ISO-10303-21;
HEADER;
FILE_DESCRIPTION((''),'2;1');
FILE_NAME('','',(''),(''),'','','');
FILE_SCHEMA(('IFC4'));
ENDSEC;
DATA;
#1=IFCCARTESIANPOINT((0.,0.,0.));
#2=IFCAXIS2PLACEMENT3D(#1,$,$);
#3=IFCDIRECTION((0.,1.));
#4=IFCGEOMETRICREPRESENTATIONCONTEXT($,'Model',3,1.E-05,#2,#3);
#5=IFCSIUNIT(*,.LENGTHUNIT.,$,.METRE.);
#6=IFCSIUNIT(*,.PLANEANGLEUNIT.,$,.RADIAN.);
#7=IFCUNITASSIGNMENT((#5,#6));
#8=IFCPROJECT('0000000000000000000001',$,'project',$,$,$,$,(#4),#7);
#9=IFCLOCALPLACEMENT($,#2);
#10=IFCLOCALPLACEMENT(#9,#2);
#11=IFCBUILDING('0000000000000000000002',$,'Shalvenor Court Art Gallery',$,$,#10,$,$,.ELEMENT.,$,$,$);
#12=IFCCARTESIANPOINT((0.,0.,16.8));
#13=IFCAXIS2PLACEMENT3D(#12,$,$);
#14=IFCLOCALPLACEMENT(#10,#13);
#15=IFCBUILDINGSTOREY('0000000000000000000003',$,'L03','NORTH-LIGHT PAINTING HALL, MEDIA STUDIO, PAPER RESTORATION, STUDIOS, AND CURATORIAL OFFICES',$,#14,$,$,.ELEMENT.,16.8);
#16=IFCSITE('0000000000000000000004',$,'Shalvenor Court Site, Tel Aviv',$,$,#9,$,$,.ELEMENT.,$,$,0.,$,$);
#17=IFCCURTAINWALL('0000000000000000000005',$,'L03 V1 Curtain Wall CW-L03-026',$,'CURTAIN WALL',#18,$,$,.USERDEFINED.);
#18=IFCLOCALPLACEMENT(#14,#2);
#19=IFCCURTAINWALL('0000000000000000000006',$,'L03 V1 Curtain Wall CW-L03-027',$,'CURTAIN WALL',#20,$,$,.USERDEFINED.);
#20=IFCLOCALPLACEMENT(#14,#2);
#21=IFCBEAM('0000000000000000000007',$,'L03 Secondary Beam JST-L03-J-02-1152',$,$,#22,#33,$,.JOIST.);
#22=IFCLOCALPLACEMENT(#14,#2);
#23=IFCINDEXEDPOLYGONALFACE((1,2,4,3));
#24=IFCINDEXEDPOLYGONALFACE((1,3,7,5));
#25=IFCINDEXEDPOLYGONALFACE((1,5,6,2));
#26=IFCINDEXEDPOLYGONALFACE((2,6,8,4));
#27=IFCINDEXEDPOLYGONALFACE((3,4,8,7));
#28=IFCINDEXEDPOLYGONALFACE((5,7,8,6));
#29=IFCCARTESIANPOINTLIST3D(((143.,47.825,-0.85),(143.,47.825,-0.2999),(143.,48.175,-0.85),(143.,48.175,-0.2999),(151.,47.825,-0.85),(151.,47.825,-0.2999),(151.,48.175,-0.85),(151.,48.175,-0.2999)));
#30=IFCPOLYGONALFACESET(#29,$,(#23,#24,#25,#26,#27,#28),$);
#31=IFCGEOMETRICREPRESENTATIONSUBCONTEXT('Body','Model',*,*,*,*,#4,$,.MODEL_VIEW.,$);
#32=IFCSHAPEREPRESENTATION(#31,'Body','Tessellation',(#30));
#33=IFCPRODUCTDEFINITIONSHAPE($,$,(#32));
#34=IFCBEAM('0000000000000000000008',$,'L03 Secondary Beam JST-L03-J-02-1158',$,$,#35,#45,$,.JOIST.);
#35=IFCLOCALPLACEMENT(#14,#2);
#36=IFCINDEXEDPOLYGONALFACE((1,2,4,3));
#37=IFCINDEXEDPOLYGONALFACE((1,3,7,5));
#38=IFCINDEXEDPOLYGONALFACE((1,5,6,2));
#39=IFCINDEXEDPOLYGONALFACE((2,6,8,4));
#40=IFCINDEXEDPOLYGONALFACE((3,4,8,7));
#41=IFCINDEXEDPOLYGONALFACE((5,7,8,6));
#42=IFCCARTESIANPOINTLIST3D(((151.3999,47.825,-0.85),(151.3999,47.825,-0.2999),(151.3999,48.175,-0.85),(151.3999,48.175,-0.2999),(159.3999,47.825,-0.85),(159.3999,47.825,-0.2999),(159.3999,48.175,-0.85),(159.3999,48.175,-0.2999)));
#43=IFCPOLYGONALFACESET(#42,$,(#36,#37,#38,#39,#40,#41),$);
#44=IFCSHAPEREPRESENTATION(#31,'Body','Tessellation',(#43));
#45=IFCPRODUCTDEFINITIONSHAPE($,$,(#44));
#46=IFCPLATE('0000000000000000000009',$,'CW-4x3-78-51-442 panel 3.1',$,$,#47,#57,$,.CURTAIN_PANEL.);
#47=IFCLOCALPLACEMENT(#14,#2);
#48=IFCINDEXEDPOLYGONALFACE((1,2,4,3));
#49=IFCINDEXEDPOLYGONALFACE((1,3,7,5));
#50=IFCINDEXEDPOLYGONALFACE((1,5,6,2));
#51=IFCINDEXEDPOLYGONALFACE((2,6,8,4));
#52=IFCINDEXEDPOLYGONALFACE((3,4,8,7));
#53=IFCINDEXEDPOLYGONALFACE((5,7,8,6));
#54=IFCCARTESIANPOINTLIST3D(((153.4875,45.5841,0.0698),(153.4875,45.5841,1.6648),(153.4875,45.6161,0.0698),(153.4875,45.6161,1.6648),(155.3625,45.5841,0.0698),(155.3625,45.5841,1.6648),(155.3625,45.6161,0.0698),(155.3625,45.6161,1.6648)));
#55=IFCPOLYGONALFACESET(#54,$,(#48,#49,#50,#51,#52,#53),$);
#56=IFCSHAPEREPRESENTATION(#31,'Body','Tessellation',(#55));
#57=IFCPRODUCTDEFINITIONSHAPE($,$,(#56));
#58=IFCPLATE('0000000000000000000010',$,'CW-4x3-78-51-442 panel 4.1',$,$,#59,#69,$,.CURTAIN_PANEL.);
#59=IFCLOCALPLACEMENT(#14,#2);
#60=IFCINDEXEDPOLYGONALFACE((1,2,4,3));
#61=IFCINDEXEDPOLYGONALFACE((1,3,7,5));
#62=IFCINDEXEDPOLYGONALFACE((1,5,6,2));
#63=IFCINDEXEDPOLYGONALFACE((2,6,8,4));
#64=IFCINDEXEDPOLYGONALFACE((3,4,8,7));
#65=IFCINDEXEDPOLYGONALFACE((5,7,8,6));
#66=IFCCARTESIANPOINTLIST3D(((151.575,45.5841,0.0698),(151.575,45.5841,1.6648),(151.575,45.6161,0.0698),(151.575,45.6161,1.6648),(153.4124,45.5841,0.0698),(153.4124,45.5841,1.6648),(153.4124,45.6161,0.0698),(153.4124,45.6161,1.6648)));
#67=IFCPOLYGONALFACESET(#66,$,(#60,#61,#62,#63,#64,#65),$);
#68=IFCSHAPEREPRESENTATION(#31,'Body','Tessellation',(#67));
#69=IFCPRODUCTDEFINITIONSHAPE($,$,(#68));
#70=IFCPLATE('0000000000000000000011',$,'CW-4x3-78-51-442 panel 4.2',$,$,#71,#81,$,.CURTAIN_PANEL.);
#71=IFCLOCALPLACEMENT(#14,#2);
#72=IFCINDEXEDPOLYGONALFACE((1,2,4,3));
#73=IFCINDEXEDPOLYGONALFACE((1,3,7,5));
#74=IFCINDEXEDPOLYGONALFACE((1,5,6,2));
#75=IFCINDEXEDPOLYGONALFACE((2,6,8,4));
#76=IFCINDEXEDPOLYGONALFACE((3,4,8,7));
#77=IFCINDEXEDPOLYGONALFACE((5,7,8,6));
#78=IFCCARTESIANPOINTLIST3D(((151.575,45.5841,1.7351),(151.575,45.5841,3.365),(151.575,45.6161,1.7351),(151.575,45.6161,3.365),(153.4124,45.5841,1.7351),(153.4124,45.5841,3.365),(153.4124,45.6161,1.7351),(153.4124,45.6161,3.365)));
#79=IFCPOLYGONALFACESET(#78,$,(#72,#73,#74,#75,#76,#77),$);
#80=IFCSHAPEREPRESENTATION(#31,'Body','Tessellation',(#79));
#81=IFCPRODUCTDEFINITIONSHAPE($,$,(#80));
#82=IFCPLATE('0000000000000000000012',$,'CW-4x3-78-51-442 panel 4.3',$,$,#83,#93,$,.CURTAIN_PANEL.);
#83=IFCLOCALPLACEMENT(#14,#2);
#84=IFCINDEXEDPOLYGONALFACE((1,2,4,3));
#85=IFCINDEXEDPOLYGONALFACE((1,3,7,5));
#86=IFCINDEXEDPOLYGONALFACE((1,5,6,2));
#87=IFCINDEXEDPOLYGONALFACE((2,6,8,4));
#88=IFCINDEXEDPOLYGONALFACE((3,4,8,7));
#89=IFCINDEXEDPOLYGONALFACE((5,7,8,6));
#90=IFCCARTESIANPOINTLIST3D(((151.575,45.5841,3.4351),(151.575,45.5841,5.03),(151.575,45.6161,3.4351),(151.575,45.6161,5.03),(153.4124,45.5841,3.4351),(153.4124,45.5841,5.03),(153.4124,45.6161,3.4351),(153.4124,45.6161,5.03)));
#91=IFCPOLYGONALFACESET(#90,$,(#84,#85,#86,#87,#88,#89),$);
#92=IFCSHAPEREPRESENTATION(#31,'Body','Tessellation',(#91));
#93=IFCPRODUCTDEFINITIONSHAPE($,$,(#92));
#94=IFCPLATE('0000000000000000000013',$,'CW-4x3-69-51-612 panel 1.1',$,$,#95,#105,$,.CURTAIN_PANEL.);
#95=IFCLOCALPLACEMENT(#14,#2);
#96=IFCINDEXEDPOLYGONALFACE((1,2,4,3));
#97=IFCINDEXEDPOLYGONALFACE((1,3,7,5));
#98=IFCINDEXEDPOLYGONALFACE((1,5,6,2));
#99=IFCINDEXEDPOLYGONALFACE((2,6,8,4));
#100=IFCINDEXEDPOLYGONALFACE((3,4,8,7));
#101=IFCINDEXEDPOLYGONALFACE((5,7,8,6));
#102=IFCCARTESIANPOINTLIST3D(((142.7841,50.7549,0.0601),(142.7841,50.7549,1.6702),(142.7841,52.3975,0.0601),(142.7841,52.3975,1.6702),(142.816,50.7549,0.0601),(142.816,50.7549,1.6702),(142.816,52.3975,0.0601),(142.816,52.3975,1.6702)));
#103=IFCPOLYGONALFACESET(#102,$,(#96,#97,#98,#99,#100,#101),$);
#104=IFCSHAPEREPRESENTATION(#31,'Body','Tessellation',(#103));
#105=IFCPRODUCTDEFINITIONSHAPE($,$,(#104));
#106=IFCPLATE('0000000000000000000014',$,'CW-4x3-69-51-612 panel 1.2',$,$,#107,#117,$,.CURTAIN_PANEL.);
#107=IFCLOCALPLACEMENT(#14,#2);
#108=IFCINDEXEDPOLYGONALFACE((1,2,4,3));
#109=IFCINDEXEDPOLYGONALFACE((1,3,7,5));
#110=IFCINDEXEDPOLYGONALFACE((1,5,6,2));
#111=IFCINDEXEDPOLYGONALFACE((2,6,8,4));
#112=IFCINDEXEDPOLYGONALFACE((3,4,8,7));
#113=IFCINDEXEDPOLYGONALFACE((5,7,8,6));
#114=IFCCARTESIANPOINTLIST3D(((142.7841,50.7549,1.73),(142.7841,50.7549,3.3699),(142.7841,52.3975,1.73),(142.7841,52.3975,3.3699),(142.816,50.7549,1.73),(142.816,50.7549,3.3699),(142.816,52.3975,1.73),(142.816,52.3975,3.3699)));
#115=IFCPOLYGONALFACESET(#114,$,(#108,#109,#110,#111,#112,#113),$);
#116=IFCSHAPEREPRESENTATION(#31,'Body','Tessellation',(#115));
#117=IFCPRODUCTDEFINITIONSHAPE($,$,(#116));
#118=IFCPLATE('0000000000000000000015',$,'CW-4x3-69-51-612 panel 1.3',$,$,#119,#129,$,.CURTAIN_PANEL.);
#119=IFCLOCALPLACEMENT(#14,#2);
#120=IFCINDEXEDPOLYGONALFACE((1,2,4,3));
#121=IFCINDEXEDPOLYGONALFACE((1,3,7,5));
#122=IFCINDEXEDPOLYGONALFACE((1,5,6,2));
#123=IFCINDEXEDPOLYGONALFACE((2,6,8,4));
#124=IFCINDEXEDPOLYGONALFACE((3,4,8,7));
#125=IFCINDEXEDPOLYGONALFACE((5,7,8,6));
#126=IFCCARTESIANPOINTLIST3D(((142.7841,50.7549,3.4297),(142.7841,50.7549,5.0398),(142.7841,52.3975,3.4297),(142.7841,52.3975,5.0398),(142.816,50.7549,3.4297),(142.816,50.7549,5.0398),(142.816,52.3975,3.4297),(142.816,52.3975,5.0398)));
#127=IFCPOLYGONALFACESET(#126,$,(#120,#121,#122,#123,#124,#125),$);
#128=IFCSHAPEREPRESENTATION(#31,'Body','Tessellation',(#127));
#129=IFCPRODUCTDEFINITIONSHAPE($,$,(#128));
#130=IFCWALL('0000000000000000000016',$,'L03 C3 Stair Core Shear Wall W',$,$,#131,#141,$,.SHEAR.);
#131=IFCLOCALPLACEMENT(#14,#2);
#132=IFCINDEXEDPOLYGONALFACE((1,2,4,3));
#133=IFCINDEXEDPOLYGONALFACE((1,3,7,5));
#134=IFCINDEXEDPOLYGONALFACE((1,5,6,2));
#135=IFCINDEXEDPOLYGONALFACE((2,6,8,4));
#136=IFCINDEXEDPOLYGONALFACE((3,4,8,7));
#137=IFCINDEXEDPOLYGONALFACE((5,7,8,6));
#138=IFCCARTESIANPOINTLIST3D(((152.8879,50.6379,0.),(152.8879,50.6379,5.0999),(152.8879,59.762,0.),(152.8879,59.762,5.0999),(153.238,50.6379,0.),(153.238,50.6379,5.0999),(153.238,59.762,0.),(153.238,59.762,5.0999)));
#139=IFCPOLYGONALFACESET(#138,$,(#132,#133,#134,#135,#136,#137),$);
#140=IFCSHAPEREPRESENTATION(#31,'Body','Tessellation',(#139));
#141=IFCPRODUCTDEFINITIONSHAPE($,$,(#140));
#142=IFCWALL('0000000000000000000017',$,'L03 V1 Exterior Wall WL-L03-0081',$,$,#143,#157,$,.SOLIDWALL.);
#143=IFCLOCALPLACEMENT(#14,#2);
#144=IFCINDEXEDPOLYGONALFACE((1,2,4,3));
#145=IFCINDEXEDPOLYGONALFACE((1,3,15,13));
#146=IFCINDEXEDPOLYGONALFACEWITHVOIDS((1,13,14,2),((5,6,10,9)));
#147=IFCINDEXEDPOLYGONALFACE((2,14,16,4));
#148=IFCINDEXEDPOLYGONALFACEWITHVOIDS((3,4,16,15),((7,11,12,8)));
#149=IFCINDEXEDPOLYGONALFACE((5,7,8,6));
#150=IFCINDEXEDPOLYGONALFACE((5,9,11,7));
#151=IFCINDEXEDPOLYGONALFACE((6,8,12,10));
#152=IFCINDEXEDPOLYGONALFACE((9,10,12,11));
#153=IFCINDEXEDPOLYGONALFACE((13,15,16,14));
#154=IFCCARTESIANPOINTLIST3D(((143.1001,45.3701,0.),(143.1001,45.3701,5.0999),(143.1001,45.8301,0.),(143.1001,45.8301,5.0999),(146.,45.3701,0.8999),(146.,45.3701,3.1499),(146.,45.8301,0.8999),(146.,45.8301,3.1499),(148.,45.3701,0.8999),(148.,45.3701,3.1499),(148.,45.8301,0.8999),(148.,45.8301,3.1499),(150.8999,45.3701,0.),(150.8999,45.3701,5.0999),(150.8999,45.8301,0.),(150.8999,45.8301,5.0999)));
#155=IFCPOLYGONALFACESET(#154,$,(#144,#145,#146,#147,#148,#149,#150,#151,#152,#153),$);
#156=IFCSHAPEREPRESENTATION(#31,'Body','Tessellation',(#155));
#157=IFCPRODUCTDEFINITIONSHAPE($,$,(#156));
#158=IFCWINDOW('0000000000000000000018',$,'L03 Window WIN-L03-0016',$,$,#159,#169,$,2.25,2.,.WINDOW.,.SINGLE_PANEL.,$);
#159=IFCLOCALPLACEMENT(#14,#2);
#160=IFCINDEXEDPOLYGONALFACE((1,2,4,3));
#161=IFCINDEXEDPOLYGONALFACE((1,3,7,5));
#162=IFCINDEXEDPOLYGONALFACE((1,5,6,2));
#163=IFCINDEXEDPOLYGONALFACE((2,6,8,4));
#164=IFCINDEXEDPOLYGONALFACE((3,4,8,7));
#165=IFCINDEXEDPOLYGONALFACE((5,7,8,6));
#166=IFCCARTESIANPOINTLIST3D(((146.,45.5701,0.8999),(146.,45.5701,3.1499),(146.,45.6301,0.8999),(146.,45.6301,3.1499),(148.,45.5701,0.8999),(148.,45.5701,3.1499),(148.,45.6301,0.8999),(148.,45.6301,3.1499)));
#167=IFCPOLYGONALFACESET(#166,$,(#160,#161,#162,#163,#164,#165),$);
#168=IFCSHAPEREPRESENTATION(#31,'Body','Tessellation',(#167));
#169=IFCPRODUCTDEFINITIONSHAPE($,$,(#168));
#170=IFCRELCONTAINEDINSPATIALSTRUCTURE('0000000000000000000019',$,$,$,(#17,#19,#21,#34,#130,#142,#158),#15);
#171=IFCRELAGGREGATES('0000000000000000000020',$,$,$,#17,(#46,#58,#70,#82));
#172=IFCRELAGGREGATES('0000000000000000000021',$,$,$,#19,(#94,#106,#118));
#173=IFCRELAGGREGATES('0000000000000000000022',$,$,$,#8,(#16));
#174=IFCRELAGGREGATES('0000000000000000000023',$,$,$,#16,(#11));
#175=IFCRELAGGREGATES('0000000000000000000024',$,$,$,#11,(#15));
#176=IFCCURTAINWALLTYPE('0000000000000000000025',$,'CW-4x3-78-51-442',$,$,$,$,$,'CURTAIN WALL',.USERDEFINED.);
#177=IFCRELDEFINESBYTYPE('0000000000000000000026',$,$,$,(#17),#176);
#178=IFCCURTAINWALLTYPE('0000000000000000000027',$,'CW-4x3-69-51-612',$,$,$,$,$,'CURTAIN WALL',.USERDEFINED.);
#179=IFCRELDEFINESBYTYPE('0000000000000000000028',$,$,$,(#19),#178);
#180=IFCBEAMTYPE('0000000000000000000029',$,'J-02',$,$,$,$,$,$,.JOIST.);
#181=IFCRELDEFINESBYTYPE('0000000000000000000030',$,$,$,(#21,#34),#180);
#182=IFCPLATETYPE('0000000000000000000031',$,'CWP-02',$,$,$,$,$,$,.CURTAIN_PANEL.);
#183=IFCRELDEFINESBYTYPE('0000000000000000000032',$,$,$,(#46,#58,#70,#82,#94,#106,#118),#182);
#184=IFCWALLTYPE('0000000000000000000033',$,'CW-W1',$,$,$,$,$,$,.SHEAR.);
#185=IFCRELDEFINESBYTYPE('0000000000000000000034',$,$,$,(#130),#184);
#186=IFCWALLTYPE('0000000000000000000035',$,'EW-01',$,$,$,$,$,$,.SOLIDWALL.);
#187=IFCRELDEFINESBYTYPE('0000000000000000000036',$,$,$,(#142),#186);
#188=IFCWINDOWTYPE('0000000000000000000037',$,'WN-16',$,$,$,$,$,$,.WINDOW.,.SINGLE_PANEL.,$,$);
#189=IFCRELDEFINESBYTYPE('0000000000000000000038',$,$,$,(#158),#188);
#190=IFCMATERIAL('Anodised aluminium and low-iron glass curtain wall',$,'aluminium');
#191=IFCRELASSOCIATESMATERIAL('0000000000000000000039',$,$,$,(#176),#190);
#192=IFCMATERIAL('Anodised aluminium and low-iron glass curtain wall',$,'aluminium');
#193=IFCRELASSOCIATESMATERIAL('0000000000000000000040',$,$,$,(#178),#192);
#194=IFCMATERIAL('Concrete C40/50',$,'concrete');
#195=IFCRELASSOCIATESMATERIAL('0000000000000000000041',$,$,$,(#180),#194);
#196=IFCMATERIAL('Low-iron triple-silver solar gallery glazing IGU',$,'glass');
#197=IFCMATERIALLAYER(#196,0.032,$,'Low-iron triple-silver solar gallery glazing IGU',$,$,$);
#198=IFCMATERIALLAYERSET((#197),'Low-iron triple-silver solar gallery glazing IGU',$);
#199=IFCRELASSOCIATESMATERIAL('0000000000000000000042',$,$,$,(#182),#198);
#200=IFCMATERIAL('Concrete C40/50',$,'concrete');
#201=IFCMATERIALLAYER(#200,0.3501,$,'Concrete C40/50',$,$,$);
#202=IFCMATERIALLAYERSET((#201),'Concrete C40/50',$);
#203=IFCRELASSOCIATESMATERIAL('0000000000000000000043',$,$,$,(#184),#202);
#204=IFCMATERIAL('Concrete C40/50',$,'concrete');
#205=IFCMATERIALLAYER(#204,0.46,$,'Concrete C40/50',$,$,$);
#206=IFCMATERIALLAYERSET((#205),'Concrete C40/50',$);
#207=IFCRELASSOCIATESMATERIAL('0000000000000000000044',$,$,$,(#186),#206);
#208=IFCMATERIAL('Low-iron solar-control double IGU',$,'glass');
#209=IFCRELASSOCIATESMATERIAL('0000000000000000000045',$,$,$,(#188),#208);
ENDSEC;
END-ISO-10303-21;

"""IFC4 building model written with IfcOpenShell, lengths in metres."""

from ifc_helpers import new_model, si_unit, direction, frame, frame_2d, origin, origin_2d, place, context, subcontext, project, spatial, rectangle, extrude, material, layer, layer_set, material_profile, profile_set, type_object, element, fill, aggregate, save


model = new_model("IFC4")

# Units and contexts
model_context = context("Model", 3, precision=1e-05, world=origin(), true_north=direction((0.0, 1.0)))
body_context = subcontext(model_context, "Body", "Model", "MODEL_VIEW")
ifc_project = project(units=[si_unit("LENGTHUNIT", "METRE"), si_unit("PLANEANGLEUNIT", "RADIAN")], contexts=[model_context])

# Site, building, storey
site_placement = place(None, origin())
site = spatial("IfcSite", under=ifc_project, at=site_placement, Name="Shalvenor Court Site, Tel Aviv", CompositionType="ELEMENT", RefElevation=0.0)
building_placement = place(site_placement, origin())
building = spatial("IfcBuilding", under=site, at=building_placement, Name="Shalvenor Court Art Gallery", CompositionType="ELEMENT")
storey_placement = place(building_placement, frame((0.0, 0.0, 16.8)))
storey = spatial("IfcBuildingStorey", under=building, at=storey_placement, Name="L03", Description="NORTH-LIGHT PAINTING HALL, MEDIA STUDIO, PAPER RESTORATION, STUDIOS, AND CURATORIAL OFFICES", CompositionType="ELEMENT", Elevation=16.8)

# Curtain walls
ifc_material_1 = material(Name="Anodised aluminium and low-iron glass curtain wall", Category="aluminium")
curtain_wall_type_1 = type_object("IfcCurtainWallType", Name="CW-4x3-78-51-442", ElementType="CURTAIN WALL", PredefinedType="USERDEFINED", material=ifc_material_1)
curtain_wall_1_placement = place(storey_placement, origin())
curtain_wall_1 = element("IfcCurtainWall", 1, at=curtain_wall_1_placement, inside=storey, type_object=curtain_wall_type_1, Name="L03 V1 Curtain Wall CW-L03-026", ObjectType="CURTAIN WALL", PredefinedType="USERDEFINED")
ifc_material_2 = material(Name="Anodised aluminium and low-iron glass curtain wall", Category="aluminium")
curtain_wall_type_2 = type_object("IfcCurtainWallType", Name="CW-4x3-69-51-612", ElementType="CURTAIN WALL", PredefinedType="USERDEFINED", material=ifc_material_2)
curtain_wall_2_placement = place(storey_placement, origin())
curtain_wall_2 = element("IfcCurtainWall", 2, at=curtain_wall_2_placement, inside=storey, type_object=curtain_wall_type_2, Name="L03 V1 Curtain Wall CW-L03-027", ObjectType="CURTAIN WALL", PredefinedType="USERDEFINED")

# Beams
ifc_material_3 = material(Name="Concrete C40/50", Category="concrete")
ifc_material_profile_1 = material_profile(ifc_material_3, rectangle(XDim=0.3501, YDim=0.55, at=origin_2d()), Name="RC 350x550")
ifc_profile_set_1 = profile_set([ifc_material_profile_1], Name="Concrete C40/50")
beam_type_1 = type_object("IfcBeamType", Name="J-02", PredefinedType="JOIST", material=ifc_profile_set_1)
for number, where, z_axis, x_axis, name in (
    (3, (143.0, 48.0, -0.575), (1.0, 0.0, 0.0), (0.0, 1.0, 0.0), "L03 Secondary Beam JST-L03-J-02-1152"),
    (4, (151.3999, 48.0, -0.575), (1.0, 0.0, 0.0), (0.0, 1.0, 0.0), "L03 Secondary Beam JST-L03-J-02-1158"),
):
    element("IfcBeam", number, at=place(storey_placement, frame(where, z_axis=z_axis, x_axis=x_axis)), inside=storey, type_object=beam_type_1, Name=name, PredefinedType="JOIST", context=body_context, shape_type="SweptSolid", body=[
        extrude(rectangle(XDim=0.3501, YDim=0.55, at=origin_2d()), origin(), (0.0, 0.0, 1.0), 8.0),
    ])

# Plates
ifc_material_4 = material(Name="Low-iron triple-silver solar gallery glazing IGU", Category="glass")
ifc_layer_1 = layer(ifc_material_4, 0.032, Name="Low-iron triple-silver solar gallery glazing IGU")
ifc_layer_set_1 = layer_set([ifc_layer_1], Name="Low-iron triple-silver solar gallery glazing IGU")
plate_type = type_object("IfcPlateType", Name="CWP-02", PredefinedType="CURTAIN_PANEL", material=ifc_layer_set_1)
plate_1_placement = place(storey_placement, frame((154.425, 45.6001, 0.0698), z_axis=(0.0, 0.0, 1.0), x_axis=(-1.0, 0.0, 0.0)))
plate_1 = element("IfcPlate", 5, at=plate_1_placement, type_object=plate_type, Name="CW-4x3-78-51-442 panel 3.1", PredefinedType="CURTAIN_PANEL", context=body_context, shape_type="SweptSolid", body=[
    extrude(rectangle(XDim=1.875, YDim=0.032, at=origin_2d()), origin(), (0.0, 0.0, 1.0), 1.595),
])
plate_2_placement = place(storey_placement, frame((152.4937, 45.6001, 0.0698), z_axis=(0.0, 0.0, 1.0), x_axis=(-1.0, 0.0, 0.0)))
plate_2 = element("IfcPlate", 6, at=plate_2_placement, type_object=plate_type, Name="CW-4x3-78-51-442 panel 4.1", PredefinedType="CURTAIN_PANEL", context=body_context, shape_type="SweptSolid", body=[
    extrude(rectangle(XDim=1.8374, YDim=0.032, at=origin_2d()), origin(), (0.0, 0.0, 1.0), 1.595),
])
plate_3_placement = place(storey_placement, frame((152.4937, 45.6001, 1.7351), z_axis=(0.0, 0.0, 1.0), x_axis=(-1.0, 0.0, 0.0)))
plate_3 = element("IfcPlate", 7, at=plate_3_placement, type_object=plate_type, Name="CW-4x3-78-51-442 panel 4.2", PredefinedType="CURTAIN_PANEL", context=body_context, shape_type="SweptSolid", body=[
    extrude(rectangle(XDim=1.8374, YDim=0.032, at=origin_2d()), origin(), (0.0, 0.0, 1.0), 1.6299),
])
plate_4_placement = place(storey_placement, frame((152.4937, 45.6001, 3.4351), z_axis=(0.0, 0.0, 1.0), x_axis=(-1.0, 0.0, 0.0)))
plate_4 = element("IfcPlate", 8, at=plate_4_placement, type_object=plate_type, Name="CW-4x3-78-51-442 panel 4.3", PredefinedType="CURTAIN_PANEL", context=body_context, shape_type="SweptSolid", body=[
    extrude(rectangle(XDim=1.8374, YDim=0.032, at=origin_2d()), origin(), (0.0, 0.0, 1.0), 1.595),
])
aggregate(curtain_wall_1, [plate_1, plate_2, plate_3, plate_4])
plate_5_placement = place(storey_placement, frame((142.8, 51.5762, 0.0601), z_axis=(0.0, 0.0, 1.0), x_axis=(0.0, 1.0, 0.0)))
plate_5 = element("IfcPlate", 9, at=plate_5_placement, type_object=plate_type, Name="CW-4x3-69-51-612 panel 1.1", PredefinedType="CURTAIN_PANEL", context=body_context, shape_type="SweptSolid", body=[
    extrude(rectangle(XDim=1.6426, YDim=0.032, at=origin_2d()), origin(), (0.0, 0.0, 1.0), 1.6101),
])
plate_6_placement = place(storey_placement, frame((142.8, 51.5762, 1.73), z_axis=(0.0, 0.0, 1.0), x_axis=(0.0, 1.0, 0.0)))
plate_6 = element("IfcPlate", 10, at=plate_6_placement, type_object=plate_type, Name="CW-4x3-69-51-612 panel 1.2", PredefinedType="CURTAIN_PANEL", context=body_context, shape_type="SweptSolid", body=[
    extrude(rectangle(XDim=1.6426, YDim=0.032, at=origin_2d()), origin(), (0.0, 0.0, 1.0), 1.6399),
])
plate_7_placement = place(storey_placement, frame((142.8, 51.5762, 3.4297), z_axis=(0.0, 0.0, 1.0), x_axis=(0.0, 1.0, 0.0)))
plate_7 = element("IfcPlate", 11, at=plate_7_placement, type_object=plate_type, Name="CW-4x3-69-51-612 panel 1.3", PredefinedType="CURTAIN_PANEL", context=body_context, shape_type="SweptSolid", body=[
    extrude(rectangle(XDim=1.6426, YDim=0.032, at=origin_2d()), origin(), (0.0, 0.0, 1.0), 1.6101),
])
aggregate(curtain_wall_2, [plate_5, plate_6, plate_7])

# Wall
ifc_material_5 = material(Name="Concrete C40/50", Category="concrete")
ifc_layer_2 = layer(ifc_material_5, 0.3501, Name="Concrete C40/50")
ifc_layer_set_2 = layer_set([ifc_layer_2], Name="Concrete C40/50")
wall_type_1 = type_object("IfcWallType", Name="CW-W1", PredefinedType="SHEAR", material=ifc_layer_set_2)
wall_1_placement = place(storey_placement, frame((153.063, 50.6379, 0.0), z_axis=(0.0, 0.0, 1.0), x_axis=(0.0, 1.0, 0.0)))
element("IfcWall", 12, at=wall_1_placement, inside=storey, type_object=wall_type_1, Name="L03 C3 Stair Core Shear Wall W", PredefinedType="SHEAR", context=body_context, shape_type="SweptSolid", body=[
    extrude(rectangle(XDim=9.124, YDim=0.3501, at=frame_2d((4.562, 0.0))), origin(), (0.0, 0.0, 1.0), 5.0999),
])

# Wall, opening, window
ifc_material_6 = material(Name="Concrete C40/50", Category="concrete")
ifc_layer_3 = layer(ifc_material_6, 0.46, Name="Concrete C40/50")
ifc_layer_set_3 = layer_set([ifc_layer_3], Name="Concrete C40/50")
wall_type_2 = type_object("IfcWallType", Name="EW-01", PredefinedType="SOLIDWALL", material=ifc_layer_set_3)
wall_2_placement = place(storey_placement, frame((150.8999, 45.6001, 0.0), z_axis=(0.0, 0.0, 1.0), x_axis=(-1.0, 0.0, 0.0)))
wall_2 = element("IfcWall", 13, at=wall_2_placement, inside=storey, type_object=wall_type_2, Name="L03 V1 Exterior Wall WL-L03-0081", PredefinedType="SOLIDWALL", context=body_context, shape_type="SweptSolid", body=[
    extrude(rectangle(XDim=7.7998, YDim=0.46, at=frame_2d((3.8999, 0.0))), origin(), (0.0, 0.0, 1.0), 5.0999),
])
opening_1_placement = place(wall_2_placement, frame((2.8999, 0.0, 0.8999)))
opening_1 = element("IfcOpeningElement", 14, at=opening_1_placement, cuts=wall_2, PredefinedType="OPENING", context=body_context, shape_type="SweptSolid", body=[
    extrude(rectangle(XDim=2.0, YDim=2.25, at=frame_2d((1.0, 1.125))), frame((0.0, 0.24, 0.0), z_axis=(0.0, -1.0, 0.0), x_axis=(1.0, 0.0, 0.0)), (0.0, 0.0, 1.0), 0.48),
])
ifc_material_7 = material(Name="Low-iron solar-control double IGU", Category="glass")
window_type = type_object("IfcWindowType", Name="WN-16", PartitioningType="SINGLE_PANEL", PredefinedType="WINDOW", material=ifc_material_7)
window_placement = place(opening_1_placement, origin())
window = element("IfcWindow", 15, at=window_placement, inside=storey, type_object=window_type, Name="L03 Window WIN-L03-0016", OverallHeight=2.25, OverallWidth=2.0, PartitioningType="SINGLE_PANEL", PredefinedType="WINDOW", context=body_context, shape_type="SweptSolid", body=[
    extrude(rectangle(XDim=2.0, YDim=2.25, at=frame_2d((1.0, 1.125))), frame((0.0, 0.03, 0.0), z_axis=(0.0, -1.0, 0.0), x_axis=(1.0, 0.0, 0.0)), (0.0, 0.0, 1.0), 0.0601),
])
fill(opening_1, window)

save(model, "model.ifc")
